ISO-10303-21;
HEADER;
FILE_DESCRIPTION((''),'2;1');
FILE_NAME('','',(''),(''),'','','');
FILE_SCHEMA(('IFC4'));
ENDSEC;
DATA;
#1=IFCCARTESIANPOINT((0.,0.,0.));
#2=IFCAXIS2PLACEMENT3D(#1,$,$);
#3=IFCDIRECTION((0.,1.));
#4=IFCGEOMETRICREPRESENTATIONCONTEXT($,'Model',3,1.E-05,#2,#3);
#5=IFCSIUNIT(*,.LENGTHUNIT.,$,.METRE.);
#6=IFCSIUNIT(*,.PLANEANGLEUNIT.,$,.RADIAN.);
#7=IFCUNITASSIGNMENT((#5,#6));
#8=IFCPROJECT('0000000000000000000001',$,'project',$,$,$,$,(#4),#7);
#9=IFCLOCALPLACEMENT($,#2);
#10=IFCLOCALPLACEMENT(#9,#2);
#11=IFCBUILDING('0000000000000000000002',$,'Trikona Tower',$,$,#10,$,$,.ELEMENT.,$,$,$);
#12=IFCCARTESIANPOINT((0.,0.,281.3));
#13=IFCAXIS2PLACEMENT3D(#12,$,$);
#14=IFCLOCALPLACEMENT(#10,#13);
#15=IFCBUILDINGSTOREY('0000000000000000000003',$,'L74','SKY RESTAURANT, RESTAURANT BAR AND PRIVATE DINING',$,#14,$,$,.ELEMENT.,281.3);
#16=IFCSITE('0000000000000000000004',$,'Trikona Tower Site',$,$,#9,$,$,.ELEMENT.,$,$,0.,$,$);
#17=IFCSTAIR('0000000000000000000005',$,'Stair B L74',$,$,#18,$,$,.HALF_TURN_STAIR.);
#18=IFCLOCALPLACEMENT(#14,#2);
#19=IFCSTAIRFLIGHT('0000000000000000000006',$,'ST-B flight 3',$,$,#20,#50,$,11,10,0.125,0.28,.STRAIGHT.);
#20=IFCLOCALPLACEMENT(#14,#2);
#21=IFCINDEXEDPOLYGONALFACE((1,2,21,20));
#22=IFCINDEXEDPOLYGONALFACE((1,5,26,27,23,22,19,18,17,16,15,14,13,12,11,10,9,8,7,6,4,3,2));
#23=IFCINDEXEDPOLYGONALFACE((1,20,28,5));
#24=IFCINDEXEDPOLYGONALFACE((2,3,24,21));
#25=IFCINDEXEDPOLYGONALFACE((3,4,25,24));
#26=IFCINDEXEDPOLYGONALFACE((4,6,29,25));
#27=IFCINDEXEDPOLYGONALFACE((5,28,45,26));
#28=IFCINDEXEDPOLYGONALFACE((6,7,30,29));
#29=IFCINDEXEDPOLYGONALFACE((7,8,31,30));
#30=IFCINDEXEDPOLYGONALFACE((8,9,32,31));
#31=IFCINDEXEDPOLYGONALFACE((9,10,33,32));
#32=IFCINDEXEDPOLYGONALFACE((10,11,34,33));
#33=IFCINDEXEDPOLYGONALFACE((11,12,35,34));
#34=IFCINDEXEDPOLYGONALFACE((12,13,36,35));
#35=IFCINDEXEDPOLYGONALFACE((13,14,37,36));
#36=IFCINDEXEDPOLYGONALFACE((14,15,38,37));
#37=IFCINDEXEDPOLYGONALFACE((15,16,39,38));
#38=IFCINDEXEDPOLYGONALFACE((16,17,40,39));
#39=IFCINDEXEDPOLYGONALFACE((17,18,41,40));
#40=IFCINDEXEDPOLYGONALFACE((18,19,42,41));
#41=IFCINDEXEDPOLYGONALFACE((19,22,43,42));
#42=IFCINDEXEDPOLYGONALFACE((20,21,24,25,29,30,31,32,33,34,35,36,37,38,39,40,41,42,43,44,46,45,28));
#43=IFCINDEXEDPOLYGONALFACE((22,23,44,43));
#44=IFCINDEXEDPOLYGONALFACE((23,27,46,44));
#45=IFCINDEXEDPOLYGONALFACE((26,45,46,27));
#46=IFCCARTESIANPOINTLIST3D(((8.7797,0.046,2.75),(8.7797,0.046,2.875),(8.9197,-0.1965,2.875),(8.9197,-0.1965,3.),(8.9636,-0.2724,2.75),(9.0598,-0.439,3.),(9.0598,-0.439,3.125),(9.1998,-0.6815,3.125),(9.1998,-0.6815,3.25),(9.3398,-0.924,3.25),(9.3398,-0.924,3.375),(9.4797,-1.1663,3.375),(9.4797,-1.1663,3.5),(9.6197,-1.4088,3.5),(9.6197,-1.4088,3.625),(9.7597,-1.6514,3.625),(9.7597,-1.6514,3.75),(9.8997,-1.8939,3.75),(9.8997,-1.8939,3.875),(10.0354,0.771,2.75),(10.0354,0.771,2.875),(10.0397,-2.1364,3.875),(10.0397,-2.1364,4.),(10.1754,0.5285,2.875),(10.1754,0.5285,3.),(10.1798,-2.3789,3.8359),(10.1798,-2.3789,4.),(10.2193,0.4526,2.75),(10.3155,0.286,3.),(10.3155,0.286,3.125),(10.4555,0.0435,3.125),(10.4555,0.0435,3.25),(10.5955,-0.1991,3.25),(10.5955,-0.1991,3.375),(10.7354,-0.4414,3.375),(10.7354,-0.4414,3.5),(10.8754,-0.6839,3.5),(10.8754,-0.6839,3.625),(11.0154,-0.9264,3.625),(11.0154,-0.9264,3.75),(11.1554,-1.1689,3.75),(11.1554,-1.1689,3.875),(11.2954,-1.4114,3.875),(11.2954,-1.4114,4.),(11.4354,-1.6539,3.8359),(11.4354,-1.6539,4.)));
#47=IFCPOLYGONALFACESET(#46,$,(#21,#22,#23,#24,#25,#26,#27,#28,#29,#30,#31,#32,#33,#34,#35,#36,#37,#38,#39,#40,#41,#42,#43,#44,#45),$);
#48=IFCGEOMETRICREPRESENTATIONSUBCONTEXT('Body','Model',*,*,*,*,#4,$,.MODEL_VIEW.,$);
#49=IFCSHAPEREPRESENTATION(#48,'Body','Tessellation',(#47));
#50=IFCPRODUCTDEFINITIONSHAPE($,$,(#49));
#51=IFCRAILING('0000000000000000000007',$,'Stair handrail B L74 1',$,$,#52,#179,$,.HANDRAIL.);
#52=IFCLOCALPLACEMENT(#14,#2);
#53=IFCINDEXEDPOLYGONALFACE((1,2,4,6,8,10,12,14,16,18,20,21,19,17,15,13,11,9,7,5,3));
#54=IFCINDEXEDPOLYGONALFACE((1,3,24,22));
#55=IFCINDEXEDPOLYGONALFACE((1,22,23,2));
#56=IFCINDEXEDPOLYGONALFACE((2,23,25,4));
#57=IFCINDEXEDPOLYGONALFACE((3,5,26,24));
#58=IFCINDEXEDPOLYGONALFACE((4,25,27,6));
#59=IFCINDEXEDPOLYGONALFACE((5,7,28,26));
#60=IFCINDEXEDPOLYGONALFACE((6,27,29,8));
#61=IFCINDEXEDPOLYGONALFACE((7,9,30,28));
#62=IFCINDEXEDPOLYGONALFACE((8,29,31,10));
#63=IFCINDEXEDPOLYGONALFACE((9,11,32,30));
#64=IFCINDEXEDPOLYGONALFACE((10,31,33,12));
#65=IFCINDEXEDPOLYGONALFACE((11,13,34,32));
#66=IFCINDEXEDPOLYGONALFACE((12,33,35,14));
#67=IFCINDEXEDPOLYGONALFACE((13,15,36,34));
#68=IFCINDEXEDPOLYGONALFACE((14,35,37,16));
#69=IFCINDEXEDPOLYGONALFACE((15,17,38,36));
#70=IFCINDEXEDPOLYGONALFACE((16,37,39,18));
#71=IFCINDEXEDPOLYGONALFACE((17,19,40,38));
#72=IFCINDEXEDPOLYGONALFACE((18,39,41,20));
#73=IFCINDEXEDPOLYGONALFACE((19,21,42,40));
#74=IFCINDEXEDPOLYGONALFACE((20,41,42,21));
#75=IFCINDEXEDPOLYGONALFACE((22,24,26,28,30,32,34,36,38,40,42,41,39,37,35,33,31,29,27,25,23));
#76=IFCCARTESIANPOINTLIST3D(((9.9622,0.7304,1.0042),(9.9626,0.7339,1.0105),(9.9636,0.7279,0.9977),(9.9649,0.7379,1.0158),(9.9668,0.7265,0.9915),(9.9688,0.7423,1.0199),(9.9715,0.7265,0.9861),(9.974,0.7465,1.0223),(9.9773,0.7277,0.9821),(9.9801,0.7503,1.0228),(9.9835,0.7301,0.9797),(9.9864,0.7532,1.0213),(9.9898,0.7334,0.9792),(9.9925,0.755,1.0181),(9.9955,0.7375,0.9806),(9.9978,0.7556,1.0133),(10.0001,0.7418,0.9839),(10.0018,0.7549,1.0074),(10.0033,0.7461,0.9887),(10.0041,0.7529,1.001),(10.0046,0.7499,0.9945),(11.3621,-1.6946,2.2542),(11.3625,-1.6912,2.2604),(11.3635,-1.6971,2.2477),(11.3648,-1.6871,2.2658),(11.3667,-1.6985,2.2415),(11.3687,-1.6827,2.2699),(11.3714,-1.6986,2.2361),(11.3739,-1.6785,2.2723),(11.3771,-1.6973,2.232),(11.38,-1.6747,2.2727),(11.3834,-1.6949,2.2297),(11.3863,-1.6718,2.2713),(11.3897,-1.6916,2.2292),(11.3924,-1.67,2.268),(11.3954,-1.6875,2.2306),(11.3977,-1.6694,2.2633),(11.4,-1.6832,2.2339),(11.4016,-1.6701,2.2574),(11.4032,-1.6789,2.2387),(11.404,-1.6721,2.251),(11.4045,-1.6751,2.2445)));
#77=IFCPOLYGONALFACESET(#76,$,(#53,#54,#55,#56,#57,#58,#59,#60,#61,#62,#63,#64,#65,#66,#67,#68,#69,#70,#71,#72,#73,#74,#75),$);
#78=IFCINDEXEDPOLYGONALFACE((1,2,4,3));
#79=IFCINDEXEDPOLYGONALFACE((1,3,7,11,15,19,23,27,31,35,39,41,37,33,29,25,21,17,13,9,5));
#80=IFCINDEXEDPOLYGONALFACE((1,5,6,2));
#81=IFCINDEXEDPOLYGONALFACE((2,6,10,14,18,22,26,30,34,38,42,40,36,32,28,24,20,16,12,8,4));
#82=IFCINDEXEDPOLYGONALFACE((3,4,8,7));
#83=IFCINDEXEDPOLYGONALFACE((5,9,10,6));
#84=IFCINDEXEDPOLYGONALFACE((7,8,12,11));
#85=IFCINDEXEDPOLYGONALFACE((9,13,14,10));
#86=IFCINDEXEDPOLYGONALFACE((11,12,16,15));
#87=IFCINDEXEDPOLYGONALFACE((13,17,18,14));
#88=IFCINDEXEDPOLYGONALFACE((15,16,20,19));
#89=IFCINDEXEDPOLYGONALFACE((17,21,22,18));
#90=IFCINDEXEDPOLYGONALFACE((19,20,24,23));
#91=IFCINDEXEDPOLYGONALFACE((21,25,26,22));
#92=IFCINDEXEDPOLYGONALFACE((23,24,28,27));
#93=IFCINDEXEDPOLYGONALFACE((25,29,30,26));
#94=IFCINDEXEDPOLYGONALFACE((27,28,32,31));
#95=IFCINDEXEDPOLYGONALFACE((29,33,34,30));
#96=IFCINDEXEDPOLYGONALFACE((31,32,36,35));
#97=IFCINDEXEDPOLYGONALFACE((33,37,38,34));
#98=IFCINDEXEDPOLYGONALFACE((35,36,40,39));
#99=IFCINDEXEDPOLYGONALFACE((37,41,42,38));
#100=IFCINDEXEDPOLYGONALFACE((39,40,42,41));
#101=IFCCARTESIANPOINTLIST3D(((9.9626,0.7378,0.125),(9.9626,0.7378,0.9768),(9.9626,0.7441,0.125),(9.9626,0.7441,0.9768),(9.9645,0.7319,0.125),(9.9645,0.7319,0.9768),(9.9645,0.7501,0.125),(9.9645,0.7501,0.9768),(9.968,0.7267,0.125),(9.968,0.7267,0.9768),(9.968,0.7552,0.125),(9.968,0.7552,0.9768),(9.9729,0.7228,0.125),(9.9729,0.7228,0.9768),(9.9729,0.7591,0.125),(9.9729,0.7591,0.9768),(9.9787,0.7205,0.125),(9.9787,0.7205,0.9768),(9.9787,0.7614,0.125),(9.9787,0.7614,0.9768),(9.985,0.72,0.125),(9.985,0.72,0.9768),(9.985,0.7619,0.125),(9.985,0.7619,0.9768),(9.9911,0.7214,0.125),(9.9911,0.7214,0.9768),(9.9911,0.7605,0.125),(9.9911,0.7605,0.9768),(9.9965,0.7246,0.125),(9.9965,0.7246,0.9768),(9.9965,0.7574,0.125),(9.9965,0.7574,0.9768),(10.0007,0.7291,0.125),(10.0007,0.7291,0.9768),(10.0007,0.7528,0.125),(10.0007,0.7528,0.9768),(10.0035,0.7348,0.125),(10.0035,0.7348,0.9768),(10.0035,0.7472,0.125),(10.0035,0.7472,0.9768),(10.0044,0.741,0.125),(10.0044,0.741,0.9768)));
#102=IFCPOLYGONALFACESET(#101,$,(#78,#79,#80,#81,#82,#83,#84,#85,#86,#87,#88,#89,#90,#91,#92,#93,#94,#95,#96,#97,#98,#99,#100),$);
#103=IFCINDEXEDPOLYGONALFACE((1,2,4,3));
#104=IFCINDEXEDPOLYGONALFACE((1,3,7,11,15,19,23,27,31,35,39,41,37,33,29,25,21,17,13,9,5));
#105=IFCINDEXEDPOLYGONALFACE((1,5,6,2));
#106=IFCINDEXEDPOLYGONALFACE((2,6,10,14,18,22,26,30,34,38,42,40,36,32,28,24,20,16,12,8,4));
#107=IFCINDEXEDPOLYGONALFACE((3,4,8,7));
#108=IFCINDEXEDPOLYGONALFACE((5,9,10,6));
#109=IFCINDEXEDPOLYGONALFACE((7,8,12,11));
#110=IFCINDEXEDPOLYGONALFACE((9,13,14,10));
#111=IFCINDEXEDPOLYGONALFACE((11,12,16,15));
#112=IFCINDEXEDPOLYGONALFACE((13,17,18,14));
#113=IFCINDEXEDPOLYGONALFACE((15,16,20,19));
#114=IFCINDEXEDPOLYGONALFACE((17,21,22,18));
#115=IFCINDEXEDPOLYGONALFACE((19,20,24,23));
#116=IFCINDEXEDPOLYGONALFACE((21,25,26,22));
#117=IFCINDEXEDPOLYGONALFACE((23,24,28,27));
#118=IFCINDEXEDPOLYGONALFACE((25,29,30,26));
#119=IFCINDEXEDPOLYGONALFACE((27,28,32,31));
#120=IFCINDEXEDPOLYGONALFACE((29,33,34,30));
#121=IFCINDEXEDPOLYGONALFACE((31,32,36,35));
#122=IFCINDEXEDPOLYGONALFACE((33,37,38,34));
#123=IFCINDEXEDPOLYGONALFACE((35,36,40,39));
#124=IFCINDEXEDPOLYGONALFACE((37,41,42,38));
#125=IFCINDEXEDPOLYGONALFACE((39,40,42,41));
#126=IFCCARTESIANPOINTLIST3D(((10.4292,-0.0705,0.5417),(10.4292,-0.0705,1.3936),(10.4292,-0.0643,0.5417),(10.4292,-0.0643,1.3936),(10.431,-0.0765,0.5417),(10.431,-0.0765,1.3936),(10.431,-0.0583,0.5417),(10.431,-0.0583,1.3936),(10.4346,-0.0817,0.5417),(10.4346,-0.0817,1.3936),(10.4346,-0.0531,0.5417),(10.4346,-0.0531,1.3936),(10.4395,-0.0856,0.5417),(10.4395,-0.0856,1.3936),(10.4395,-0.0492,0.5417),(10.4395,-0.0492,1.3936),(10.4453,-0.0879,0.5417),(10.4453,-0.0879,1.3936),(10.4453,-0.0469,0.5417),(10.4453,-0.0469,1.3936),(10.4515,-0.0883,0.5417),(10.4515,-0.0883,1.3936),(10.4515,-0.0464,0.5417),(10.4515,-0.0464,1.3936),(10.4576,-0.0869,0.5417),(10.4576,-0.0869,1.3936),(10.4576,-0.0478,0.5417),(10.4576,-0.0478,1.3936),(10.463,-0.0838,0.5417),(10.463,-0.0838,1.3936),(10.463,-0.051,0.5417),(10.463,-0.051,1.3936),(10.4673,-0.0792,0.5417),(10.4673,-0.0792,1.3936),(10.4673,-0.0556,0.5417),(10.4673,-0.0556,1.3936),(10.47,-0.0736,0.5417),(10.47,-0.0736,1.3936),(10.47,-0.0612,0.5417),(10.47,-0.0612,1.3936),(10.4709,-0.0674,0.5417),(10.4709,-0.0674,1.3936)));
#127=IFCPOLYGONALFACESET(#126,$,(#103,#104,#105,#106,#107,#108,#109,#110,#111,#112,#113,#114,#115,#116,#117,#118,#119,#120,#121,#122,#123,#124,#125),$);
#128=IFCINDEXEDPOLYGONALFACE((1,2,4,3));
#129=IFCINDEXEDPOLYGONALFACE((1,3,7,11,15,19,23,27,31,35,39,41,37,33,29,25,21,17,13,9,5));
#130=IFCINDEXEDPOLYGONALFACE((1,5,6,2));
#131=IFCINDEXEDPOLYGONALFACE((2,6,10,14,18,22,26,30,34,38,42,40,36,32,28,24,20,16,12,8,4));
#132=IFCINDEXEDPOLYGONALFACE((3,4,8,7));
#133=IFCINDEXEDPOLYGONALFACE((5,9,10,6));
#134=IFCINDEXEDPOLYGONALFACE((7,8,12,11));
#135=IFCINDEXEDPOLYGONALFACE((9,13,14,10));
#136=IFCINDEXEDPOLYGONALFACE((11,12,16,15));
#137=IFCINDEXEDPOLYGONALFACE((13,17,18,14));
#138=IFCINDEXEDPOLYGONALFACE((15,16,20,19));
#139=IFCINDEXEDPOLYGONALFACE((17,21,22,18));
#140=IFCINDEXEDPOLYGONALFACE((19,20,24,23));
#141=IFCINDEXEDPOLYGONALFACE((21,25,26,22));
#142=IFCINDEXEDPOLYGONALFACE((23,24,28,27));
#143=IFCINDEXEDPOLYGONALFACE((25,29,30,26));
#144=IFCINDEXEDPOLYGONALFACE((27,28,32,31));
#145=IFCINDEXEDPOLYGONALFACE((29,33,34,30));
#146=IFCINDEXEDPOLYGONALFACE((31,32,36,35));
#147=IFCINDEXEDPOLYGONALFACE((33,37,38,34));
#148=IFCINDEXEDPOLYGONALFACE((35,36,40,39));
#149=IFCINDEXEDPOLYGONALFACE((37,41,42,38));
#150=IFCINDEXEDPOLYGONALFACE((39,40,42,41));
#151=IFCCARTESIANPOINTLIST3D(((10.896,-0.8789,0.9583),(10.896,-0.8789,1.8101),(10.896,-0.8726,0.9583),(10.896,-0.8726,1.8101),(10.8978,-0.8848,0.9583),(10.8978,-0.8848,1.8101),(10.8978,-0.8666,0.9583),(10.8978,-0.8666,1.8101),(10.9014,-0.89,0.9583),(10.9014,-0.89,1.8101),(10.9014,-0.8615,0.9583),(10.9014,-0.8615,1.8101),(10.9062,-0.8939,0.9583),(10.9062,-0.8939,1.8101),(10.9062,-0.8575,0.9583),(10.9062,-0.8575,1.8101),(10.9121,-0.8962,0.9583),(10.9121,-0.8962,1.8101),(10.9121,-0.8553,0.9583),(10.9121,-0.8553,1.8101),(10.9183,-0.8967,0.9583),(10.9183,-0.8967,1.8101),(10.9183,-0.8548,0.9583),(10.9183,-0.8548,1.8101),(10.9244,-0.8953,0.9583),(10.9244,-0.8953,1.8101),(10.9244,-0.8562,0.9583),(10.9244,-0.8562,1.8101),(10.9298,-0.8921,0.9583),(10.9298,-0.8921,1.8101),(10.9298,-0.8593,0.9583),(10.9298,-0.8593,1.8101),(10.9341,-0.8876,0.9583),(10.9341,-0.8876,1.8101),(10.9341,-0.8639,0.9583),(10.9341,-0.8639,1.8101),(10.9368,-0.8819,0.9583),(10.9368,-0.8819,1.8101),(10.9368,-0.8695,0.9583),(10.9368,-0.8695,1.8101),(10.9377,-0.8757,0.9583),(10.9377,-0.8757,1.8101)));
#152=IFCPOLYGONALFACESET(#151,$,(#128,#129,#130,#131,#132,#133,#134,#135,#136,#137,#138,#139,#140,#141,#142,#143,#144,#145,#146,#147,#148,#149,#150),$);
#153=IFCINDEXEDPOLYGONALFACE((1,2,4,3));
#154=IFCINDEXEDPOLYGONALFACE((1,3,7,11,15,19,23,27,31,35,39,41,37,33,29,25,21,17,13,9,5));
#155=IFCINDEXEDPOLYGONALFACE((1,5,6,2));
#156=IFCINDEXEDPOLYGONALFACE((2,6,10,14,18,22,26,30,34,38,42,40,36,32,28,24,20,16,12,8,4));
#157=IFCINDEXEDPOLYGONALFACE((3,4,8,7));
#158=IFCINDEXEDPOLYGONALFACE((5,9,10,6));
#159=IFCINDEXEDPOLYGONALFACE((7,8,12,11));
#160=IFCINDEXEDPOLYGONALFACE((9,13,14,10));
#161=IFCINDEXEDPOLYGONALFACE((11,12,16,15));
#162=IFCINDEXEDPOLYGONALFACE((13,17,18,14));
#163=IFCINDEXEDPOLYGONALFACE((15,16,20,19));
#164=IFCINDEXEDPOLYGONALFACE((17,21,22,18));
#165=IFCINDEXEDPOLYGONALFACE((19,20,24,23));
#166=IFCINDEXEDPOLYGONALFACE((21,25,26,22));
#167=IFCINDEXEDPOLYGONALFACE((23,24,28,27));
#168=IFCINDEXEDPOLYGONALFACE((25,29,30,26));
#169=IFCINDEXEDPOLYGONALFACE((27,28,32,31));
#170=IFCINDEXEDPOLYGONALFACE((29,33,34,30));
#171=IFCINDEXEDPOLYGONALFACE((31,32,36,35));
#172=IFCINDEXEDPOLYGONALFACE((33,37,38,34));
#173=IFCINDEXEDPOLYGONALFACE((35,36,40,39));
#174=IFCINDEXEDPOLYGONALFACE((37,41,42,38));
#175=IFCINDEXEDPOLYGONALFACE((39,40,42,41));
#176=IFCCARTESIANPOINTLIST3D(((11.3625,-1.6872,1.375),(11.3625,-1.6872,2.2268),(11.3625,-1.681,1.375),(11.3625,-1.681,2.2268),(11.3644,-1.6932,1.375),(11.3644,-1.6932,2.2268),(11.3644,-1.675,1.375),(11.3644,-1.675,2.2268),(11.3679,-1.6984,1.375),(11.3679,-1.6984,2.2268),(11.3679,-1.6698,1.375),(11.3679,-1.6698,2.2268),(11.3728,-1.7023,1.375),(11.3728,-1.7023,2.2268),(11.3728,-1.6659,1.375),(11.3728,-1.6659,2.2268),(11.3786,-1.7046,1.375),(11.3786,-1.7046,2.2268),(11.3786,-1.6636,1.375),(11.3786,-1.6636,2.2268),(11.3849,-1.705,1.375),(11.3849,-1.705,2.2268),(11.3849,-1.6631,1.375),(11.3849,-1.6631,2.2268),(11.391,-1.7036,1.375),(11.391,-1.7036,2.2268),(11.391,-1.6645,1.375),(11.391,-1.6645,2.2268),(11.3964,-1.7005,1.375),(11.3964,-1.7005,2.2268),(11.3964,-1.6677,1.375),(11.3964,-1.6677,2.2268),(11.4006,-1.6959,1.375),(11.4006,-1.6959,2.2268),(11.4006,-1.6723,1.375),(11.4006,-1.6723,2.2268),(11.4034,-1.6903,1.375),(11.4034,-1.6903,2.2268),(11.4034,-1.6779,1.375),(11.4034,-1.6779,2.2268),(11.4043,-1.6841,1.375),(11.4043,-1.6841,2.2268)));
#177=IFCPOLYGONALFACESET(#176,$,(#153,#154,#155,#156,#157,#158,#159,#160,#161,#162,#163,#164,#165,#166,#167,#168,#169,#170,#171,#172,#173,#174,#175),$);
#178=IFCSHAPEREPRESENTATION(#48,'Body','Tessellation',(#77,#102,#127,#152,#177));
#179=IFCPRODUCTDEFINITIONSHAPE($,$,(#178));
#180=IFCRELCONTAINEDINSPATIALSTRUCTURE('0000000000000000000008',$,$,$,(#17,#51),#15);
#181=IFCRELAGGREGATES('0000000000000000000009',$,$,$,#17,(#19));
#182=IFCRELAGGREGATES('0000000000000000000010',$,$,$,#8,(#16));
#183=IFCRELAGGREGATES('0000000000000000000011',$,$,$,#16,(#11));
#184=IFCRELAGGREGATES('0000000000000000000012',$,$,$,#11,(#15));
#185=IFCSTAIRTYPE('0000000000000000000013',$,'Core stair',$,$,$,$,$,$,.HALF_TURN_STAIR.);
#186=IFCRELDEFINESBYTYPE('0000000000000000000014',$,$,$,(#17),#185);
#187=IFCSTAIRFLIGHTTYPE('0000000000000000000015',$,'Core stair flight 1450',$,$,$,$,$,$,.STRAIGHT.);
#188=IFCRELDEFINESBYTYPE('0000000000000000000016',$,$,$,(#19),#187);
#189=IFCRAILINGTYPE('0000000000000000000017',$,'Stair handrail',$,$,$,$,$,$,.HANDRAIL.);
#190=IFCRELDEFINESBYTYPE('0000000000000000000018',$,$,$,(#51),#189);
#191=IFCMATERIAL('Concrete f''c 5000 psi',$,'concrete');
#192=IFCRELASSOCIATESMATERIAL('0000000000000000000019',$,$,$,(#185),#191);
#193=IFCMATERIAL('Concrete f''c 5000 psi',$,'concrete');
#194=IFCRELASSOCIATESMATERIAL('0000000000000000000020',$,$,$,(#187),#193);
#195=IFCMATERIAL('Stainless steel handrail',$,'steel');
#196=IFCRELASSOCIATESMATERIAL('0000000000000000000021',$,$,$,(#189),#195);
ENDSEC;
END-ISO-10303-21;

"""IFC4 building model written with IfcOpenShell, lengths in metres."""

from ifc_helpers import new_model, si_unit, direction, frame, origin, origin_2d, place, context, subcontext, project, spatial, polyline, circle, outline, extrude, material, type_object, element, aggregate, save


model = new_model("IFC4")

# Units and contexts
model_context = context("Model", 3, precision=1e-05, world=origin(), true_north=direction((0.0, 1.0)))
body_context = subcontext(model_context, "Body", "Model", "MODEL_VIEW")
ifc_project = project(units=[si_unit("LENGTHUNIT", "METRE"), si_unit("PLANEANGLEUNIT", "RADIAN")], contexts=[model_context])

# Site, building, storey
site_placement = place(None, origin())
site = spatial("IfcSite", under=ifc_project, at=site_placement, Name="Trikona Tower Site", CompositionType="ELEMENT", RefElevation=0.0)
building_placement = place(site_placement, origin())
building = spatial("IfcBuilding", under=site, at=building_placement, Name="Trikona Tower", CompositionType="ELEMENT")
storey_placement = place(building_placement, frame((0.0, 0.0, 281.3)))
storey = spatial("IfcBuildingStorey", under=building, at=storey_placement, Name="L74", Description="SKY RESTAURANT, RESTAURANT BAR AND PRIVATE DINING", CompositionType="ELEMENT", Elevation=281.3)

# Stair
ifc_material_1 = material(Name="Concrete f'c 5000 psi", Category="concrete")
stair_type = type_object("IfcStairType", Name="Core stair", PredefinedType="HALF_TURN_STAIR", material=ifc_material_1)
stair_1_placement = place(storey_placement, origin())
stair_1 = element("IfcStair", 1, at=stair_1_placement, inside=storey, type_object=stair_type, Name="Stair B L74", PredefinedType="HALF_TURN_STAIR")

# Stair flight
ifc_material_2 = material(Name="Concrete f'c 5000 psi", Category="concrete")
stair_flight_type = type_object("IfcStairFlightType", Name="Core stair flight 1450", PredefinedType="STRAIGHT", material=ifc_material_2)
stair_flight_1_placement = place(storey_placement, frame((9.4075, 0.4084, 2.75), z_axis=(0.0, 0.0, 1.0), x_axis=(0.5, -0.866025, 0.0)))
stair_flight_1 = element("IfcStairFlight", 2, at=stair_flight_1_placement, type_object=stair_flight_type, Name="ST-B flight 3", NumberOfRisers=11, NumberOfTreads=10, PredefinedType="STRAIGHT", RiserHeight=0.125, TreadLength=0.28, context=body_context, shape_type="SweptSolid", body=[
    extrude(outline(polyline([(0.0, 0.0), (0.0, 0.125), (0.28, 0.125), (0.28, 0.25), (0.5601, 0.25), (0.5601, 0.375), (0.8401, 0.375), (0.8401, 0.5), (1.1201, 0.5), (1.1201, 0.625), (1.3999, 0.625), (1.3999, 0.75), (1.6799, 0.75), (1.6799, 0.875), (1.96, 0.875), (1.96, 1.0), (2.24, 1.0), (2.24, 1.125), (2.52, 1.125), (2.52, 1.25), (2.8, 1.25), (2.8, 1.375), (2.8, 1.0859), (0.3677, 0.0), (0.0, 0.0)])), frame((0.0, 0.7251, 0.0), z_axis=(0.0, -1.0, 0.0), x_axis=(1.0, 0.0, 0.0)), (0.0, 0.0, 1.0), 1.45),
])
aggregate(stair_1, [stair_flight_1])

# Railing
ifc_material_3 = material(Name="Stainless steel handrail", Category="steel")
railing_type = type_object("IfcRailingType", Name="Stair handrail", PredefinedType="HANDRAIL", material=ifc_material_3)
for number, where, name in (
    (3, (9.9834, 0.741, 0.125), "Stair handrail B L74 1"),
):
    element("IfcRailing", number, at=place(storey_placement, frame(where)), inside=storey, type_object=railing_type, Name=name, PredefinedType="HANDRAIL", context=body_context, shape_type="SweptSolid", body=[
        extrude(circle(Radius=0.0239, at=origin_2d()), frame((0.0, 0.0, 0.876), z_axis=(0.456523, -0.790834, 0.407638), x_axis=(0.866056, 0.499946, 0.0)), (0.0, 0.0, 1.0), 3.0664),
        extrude(circle(Radius=0.021, at=origin_2d()), origin(), (0.0, 0.0, 1.0), 0.8518),
        extrude(circle(Radius=0.021, at=origin_2d()), frame((0.4666, -0.8083, 0.4167)), (0.0, 0.0, 1.0), 0.8518),
        extrude(circle(Radius=0.021, at=origin_2d()), frame((0.9333, -1.6167, 0.8333)), (0.0, 0.0, 1.0), 0.8518),
        extrude(circle(Radius=0.021, at=origin_2d()), frame((1.3999, -2.425, 1.25)), (0.0, 0.0, 1.0), 0.8518),
    ])

save(model, "model.ifc")
